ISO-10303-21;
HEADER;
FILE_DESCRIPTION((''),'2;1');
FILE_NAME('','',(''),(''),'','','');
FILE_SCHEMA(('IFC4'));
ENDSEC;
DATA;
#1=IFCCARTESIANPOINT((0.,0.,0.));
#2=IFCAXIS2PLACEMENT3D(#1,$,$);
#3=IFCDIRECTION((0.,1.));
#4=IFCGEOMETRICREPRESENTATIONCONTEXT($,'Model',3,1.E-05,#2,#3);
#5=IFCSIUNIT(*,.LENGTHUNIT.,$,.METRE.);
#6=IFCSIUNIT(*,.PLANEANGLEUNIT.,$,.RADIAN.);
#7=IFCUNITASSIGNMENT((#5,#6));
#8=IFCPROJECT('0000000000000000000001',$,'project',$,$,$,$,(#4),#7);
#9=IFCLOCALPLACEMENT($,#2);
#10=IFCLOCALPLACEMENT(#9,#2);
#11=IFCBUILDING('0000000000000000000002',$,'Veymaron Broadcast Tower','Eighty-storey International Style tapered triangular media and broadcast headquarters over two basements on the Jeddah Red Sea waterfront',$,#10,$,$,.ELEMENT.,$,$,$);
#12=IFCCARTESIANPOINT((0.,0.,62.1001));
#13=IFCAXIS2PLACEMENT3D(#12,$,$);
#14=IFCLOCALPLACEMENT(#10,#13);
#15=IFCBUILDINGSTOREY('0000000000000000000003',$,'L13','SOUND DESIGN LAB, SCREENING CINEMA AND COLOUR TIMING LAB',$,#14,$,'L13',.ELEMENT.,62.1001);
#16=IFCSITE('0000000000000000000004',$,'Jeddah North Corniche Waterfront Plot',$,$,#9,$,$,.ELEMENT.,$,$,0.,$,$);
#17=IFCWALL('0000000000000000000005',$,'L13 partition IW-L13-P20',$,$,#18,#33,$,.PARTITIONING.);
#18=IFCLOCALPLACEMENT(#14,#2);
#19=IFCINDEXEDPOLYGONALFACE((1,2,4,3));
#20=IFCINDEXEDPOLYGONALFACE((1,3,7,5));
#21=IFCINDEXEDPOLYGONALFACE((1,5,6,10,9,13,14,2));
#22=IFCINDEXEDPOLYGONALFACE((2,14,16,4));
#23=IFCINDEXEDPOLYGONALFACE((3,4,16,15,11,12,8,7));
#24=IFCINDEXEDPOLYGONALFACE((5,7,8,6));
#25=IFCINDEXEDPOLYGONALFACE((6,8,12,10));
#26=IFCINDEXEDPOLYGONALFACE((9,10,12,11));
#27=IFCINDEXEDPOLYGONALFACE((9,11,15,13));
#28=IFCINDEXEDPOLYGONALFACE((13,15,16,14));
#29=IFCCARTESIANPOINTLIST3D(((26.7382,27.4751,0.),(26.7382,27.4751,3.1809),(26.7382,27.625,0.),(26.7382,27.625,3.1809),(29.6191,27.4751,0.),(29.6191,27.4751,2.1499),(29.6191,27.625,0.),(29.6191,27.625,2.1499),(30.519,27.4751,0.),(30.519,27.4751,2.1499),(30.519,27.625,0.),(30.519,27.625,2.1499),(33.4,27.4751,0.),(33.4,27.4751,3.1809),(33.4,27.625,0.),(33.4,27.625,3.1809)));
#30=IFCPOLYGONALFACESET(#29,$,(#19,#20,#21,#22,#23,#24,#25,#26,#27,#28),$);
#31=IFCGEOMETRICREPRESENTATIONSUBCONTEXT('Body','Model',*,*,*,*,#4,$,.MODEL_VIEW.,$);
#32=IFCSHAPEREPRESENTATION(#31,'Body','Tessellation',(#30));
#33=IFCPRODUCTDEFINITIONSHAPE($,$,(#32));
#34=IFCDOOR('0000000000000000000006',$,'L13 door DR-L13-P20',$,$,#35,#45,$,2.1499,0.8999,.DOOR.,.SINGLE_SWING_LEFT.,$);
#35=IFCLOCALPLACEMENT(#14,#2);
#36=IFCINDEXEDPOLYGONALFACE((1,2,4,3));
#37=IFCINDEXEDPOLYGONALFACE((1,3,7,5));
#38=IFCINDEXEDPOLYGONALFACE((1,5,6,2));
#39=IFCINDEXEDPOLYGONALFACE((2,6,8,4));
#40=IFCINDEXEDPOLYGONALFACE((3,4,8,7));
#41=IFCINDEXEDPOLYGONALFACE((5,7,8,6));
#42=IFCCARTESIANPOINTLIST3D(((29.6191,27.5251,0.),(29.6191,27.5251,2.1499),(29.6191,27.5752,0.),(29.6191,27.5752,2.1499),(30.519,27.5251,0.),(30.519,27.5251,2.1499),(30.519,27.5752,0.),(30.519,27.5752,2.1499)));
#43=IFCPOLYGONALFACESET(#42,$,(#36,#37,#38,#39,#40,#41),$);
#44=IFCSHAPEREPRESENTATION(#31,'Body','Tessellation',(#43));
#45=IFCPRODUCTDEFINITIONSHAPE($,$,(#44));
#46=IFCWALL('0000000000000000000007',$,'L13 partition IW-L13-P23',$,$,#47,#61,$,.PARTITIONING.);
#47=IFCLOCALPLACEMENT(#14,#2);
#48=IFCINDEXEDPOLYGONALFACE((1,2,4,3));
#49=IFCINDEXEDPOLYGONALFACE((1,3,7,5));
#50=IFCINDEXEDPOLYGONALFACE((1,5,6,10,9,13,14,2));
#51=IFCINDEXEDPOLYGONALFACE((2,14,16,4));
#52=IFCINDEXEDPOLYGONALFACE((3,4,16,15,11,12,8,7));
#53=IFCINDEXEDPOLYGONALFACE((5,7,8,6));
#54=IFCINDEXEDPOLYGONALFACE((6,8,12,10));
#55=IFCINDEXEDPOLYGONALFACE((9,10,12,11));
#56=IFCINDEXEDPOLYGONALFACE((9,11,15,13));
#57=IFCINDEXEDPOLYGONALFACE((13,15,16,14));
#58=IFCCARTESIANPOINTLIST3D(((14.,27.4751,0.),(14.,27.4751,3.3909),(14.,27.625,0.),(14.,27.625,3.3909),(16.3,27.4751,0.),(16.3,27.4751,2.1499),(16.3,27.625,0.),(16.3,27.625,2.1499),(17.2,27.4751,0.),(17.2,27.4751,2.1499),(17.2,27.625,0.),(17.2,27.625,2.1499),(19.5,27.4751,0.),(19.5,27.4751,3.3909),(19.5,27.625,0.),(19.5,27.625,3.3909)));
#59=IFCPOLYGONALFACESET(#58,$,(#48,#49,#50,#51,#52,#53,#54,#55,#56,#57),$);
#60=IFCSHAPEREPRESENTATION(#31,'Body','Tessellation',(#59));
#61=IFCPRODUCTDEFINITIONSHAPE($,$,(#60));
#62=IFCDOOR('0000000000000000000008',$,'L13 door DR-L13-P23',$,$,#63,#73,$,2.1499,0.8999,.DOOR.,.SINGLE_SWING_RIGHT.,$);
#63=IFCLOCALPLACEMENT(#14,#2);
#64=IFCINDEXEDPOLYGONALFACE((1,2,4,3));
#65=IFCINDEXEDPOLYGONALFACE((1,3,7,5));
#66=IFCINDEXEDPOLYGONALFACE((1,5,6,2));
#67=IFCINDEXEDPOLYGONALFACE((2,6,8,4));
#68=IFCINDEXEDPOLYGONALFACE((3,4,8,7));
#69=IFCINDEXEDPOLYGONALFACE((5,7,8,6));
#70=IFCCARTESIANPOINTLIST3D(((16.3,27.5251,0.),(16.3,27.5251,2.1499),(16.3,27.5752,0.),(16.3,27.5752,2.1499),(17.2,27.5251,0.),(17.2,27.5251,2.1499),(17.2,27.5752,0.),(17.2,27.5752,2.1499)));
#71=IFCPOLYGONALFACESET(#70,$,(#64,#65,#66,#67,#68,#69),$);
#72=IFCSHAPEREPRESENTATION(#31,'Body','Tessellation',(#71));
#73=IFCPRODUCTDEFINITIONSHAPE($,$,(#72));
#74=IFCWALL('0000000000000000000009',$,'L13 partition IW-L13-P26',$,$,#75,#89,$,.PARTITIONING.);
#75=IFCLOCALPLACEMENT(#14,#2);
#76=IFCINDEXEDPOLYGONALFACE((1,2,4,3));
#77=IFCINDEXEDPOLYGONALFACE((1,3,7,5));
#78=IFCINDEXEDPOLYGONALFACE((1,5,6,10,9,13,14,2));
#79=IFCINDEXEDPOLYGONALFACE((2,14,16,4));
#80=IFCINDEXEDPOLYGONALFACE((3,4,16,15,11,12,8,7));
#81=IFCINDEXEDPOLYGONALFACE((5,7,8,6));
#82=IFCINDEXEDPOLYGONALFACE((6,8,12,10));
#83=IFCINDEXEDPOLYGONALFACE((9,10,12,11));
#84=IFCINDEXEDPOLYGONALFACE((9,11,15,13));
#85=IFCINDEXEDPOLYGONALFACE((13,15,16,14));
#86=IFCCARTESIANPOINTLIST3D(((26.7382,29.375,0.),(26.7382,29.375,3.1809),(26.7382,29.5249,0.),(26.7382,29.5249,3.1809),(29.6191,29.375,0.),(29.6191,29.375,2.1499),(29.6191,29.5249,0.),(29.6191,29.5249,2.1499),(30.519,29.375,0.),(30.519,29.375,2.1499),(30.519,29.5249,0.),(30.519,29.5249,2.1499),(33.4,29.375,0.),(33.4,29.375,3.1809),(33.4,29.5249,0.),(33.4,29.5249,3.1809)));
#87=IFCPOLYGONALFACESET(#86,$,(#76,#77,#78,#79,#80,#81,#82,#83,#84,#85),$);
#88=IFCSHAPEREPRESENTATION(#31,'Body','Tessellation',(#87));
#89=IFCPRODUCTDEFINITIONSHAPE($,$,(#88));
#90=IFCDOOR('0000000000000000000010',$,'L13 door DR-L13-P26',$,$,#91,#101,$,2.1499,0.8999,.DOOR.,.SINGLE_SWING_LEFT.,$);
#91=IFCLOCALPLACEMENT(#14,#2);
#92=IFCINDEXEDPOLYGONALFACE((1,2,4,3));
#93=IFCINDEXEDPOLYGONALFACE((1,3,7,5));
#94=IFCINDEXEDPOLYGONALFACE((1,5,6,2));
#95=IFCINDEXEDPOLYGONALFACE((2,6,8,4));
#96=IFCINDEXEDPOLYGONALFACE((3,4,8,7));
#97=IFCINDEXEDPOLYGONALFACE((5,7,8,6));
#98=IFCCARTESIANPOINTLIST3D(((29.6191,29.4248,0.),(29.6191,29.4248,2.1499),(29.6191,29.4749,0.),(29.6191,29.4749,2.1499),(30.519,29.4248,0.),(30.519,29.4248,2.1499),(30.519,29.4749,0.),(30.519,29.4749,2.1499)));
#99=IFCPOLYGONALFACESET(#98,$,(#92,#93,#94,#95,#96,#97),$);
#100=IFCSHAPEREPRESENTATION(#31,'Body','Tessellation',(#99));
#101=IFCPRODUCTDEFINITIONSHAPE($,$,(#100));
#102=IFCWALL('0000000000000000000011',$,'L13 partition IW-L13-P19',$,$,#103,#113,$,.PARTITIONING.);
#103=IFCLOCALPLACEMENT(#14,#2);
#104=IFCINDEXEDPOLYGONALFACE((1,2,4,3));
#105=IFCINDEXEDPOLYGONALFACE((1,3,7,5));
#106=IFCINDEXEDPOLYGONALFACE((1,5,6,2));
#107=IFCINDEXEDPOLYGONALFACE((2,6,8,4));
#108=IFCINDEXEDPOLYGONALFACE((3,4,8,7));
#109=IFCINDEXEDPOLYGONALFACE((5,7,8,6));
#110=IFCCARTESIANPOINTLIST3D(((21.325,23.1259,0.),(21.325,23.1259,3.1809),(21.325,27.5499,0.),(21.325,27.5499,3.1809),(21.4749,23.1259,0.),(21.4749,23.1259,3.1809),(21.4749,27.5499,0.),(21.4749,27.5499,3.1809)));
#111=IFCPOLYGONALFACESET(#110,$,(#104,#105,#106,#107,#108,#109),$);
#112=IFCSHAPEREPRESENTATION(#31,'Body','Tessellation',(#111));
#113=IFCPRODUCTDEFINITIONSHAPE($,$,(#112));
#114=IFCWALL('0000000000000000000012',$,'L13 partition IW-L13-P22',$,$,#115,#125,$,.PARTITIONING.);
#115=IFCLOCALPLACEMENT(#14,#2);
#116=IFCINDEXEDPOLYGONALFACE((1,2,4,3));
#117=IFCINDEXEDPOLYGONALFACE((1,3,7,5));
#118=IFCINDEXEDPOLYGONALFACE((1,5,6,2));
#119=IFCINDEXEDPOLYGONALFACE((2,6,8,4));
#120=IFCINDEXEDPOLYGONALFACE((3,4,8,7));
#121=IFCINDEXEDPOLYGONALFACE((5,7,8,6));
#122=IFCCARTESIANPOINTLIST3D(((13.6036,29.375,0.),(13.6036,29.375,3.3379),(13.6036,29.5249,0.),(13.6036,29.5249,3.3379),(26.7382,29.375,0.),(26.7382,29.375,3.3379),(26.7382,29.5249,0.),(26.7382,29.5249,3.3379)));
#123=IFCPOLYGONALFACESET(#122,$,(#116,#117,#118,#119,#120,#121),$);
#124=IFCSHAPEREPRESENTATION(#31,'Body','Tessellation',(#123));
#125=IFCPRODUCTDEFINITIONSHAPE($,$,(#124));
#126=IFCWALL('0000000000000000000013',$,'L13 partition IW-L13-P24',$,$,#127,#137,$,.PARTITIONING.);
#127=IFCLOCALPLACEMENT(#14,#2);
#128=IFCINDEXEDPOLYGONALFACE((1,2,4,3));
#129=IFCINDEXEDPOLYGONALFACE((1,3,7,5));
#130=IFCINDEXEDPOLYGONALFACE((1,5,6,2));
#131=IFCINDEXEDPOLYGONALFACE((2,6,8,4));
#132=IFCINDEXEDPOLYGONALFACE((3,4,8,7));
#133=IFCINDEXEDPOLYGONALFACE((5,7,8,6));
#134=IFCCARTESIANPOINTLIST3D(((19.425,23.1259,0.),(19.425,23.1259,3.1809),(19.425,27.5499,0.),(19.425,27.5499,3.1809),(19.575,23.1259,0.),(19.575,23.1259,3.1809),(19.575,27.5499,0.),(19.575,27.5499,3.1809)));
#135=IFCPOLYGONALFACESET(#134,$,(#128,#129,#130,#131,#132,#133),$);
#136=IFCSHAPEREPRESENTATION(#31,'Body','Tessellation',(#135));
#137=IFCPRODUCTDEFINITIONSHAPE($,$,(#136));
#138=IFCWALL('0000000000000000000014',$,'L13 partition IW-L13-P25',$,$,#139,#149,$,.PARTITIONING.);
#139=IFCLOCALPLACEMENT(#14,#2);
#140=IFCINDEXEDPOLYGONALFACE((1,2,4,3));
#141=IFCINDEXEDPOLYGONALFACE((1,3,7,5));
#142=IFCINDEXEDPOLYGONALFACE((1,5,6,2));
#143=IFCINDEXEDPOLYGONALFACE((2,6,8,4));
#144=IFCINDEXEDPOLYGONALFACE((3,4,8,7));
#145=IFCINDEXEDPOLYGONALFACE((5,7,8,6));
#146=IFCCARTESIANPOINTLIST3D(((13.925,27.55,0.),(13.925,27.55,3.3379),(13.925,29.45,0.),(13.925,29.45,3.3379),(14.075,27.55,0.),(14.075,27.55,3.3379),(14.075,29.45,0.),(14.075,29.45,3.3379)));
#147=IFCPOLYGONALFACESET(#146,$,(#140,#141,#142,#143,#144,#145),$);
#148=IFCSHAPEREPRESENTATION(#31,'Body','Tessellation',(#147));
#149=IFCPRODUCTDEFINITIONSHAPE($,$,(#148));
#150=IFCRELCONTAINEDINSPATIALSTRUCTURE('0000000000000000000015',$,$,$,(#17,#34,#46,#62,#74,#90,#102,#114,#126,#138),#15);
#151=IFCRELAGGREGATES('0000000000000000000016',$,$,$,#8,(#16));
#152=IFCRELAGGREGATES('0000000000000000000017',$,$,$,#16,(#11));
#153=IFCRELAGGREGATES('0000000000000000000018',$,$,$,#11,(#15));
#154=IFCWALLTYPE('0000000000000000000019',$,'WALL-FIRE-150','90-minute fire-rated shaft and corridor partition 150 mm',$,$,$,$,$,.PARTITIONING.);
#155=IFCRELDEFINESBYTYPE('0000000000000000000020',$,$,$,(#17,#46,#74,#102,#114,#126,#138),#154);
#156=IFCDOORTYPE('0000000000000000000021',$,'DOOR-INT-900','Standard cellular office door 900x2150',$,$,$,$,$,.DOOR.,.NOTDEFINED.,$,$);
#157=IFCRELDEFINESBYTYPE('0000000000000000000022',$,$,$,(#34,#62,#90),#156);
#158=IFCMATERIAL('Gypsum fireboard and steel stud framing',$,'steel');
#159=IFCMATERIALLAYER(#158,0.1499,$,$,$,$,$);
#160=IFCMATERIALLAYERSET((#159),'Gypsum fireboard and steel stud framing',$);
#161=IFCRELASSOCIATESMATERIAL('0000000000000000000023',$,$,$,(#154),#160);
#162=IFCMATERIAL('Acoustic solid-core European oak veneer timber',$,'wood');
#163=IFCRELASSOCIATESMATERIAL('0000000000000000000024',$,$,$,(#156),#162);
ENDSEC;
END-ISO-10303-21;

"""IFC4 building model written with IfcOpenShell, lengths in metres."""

from ifc_helpers import new_model, si_unit, direction, frame, frame_2d, origin, place, context, subcontext, project, spatial, rectangle, extrude, material, layer, layer_set, type_object, element, fill, save


model = new_model("IFC4")

# Units and contexts
model_context = context("Model", 3, precision=1e-05, world=origin(), true_north=direction((0.0, 1.0)))
body_context = subcontext(model_context, "Body", "Model", "MODEL_VIEW")
ifc_project = project(units=[si_unit("LENGTHUNIT", "METRE"), si_unit("PLANEANGLEUNIT", "RADIAN")], contexts=[model_context])

# Site, building, storey
site_placement = place(None, origin())
site = spatial("IfcSite", under=ifc_project, at=site_placement, Name="Jeddah North Corniche Waterfront Plot", CompositionType="ELEMENT", RefElevation=0.0)
building_placement = place(site_placement, origin())
building = spatial("IfcBuilding", under=site, at=building_placement, Name="Veymaron Broadcast Tower", Description="Eighty-storey International Style tapered triangular media and broadcast headquarters over two basements on the Jeddah Red Sea waterfront", CompositionType="ELEMENT")
storey_placement = place(building_placement, frame((0.0, 0.0, 62.1001)))
storey = spatial("IfcBuildingStorey", under=building, at=storey_placement, Name="L13", Description="SOUND DESIGN LAB, SCREENING CINEMA AND COLOUR TIMING LAB", LongName="L13", CompositionType="ELEMENT", Elevation=62.1001)

# Walls, openings, doors
ifc_material_1 = material(Name="Gypsum fireboard and steel stud framing", Category="steel")
ifc_layer_1 = layer(ifc_material_1, 0.1499)
ifc_layer_set_1 = layer_set([ifc_layer_1], Name="Gypsum fireboard and steel stud framing")
wall_type_1 = type_object("IfcWallType", Name="WALL-FIRE-150", Description="90-minute fire-rated shaft and corridor partition 150 mm", PredefinedType="PARTITIONING", material=ifc_layer_set_1)
ifc_material_2 = material(Name="Acoustic solid-core European oak veneer timber", Category="wood")
door_type = type_object("IfcDoorType", Name="DOOR-INT-900", Description="Standard cellular office door 900x2150", OperationType="NOTDEFINED", PredefinedType="DOOR", material=ifc_material_2)
wall_1_placement = place(storey_placement, frame((26.738, 27.55, 0.0), z_axis=(0.0, 0.0, 1.0), x_axis=(1.0, 0.0, 0.0)))
wall_1 = element("IfcWall", 1, at=wall_1_placement, inside=storey, type_object=wall_type_1, Name="L13 partition IW-L13-P20", PredefinedType="PARTITIONING", context=body_context, shape_type="SweptSolid", body=[
    extrude(rectangle(XDim=6.6619, YDim=0.1499, at=frame_2d((3.3311, 0.0))), origin(), (0.0, 0.0, 1.0), 3.1809),
])
opening_1_placement = place(wall_1_placement, frame((2.8811, 0.0, 0.0)))
opening_1 = element("IfcOpeningElement", 2, at=opening_1_placement, cuts=wall_1, PredefinedType="OPENING", context=body_context, shape_type="SweptSolid", body=[
    extrude(rectangle(XDim=0.8999, YDim=2.1499, at=frame_2d((0.45, 1.075))), frame((0.0, 0.085, 0.0), z_axis=(0.0, -1.0, 0.0), x_axis=(1.0, 0.0, 0.0)), (0.0, 0.0, 1.0), 0.1699),
])
door_1_placement = place(opening_1_placement, frame((0.8999, 0.0, 0.0), z_axis=(0.0, 0.0, 1.0), x_axis=(-1.0, 0.0, 0.0)))
door_1 = element("IfcDoor", 3, at=door_1_placement, inside=storey, type_object=door_type, Name="L13 door DR-L13-P20", OperationType="SINGLE_SWING_LEFT", OverallHeight=2.1499, OverallWidth=0.8999, PredefinedType="DOOR", context=body_context, shape_type="SweptSolid", body=[
    extrude(rectangle(XDim=0.8999, YDim=2.1499, at=frame_2d((0.45, 1.075))), frame((0.0, 0.0249, 0.0), z_axis=(0.0, -1.0, 0.0), x_axis=(1.0, 0.0, 0.0)), (0.0, 0.0, 1.0), 0.05),
])
fill(opening_1, door_1)
wall_2_placement = place(storey_placement, frame((14.0, 27.55, 0.0), z_axis=(0.0, 0.0, 1.0), x_axis=(1.0, 0.0, 0.0)))
wall_2 = element("IfcWall", 4, at=wall_2_placement, inside=storey, type_object=wall_type_1, Name="L13 partition IW-L13-P23", PredefinedType="PARTITIONING", context=body_context, shape_type="SweptSolid", body=[
    extrude(rectangle(XDim=5.5, YDim=0.1499, at=frame_2d((2.75, 0.0))), origin(), (0.0, 0.0, 1.0), 3.3909),
])
opening_2_placement = place(wall_2_placement, frame((2.3, 0.0, 0.0)))
opening_2 = element("IfcOpeningElement", 5, at=opening_2_placement, cuts=wall_2, PredefinedType="OPENING", context=body_context, shape_type="SweptSolid", body=[
    extrude(rectangle(XDim=0.8999, YDim=2.1499, at=frame_2d((0.45, 1.075))), frame((0.0, 0.085, 0.0), z_axis=(0.0, -1.0, 0.0), x_axis=(1.0, 0.0, 0.0)), (0.0, 0.0, 1.0), 0.1699),
])
door_2_placement = place(opening_2_placement, frame((0.8999, 0.0, 0.0), z_axis=(0.0, 0.0, 1.0), x_axis=(-1.0, 0.0, 0.0)))
door_2 = element("IfcDoor", 6, at=door_2_placement, inside=storey, type_object=door_type, Name="L13 door DR-L13-P23", OperationType="SINGLE_SWING_RIGHT", OverallHeight=2.1499, OverallWidth=0.8999, PredefinedType="DOOR", context=body_context, shape_type="SweptSolid", body=[
    extrude(rectangle(XDim=0.8999, YDim=2.1499, at=frame_2d((0.45, 1.075))), frame((0.0, 0.0249, 0.0), z_axis=(0.0, -1.0, 0.0), x_axis=(1.0, 0.0, 0.0)), (0.0, 0.0, 1.0), 0.05),
])
fill(opening_2, door_2)
wall_3_placement = place(storey_placement, frame((26.738, 29.45, 0.0), z_axis=(0.0, 0.0, 1.0), x_axis=(1.0, 0.0, 0.0)))
wall_3 = element("IfcWall", 7, at=wall_3_placement, inside=storey, type_object=wall_type_1, Name="L13 partition IW-L13-P26", PredefinedType="PARTITIONING", context=body_context, shape_type="SweptSolid", body=[
    extrude(rectangle(XDim=6.6619, YDim=0.1499, at=frame_2d((3.3311, 0.0))), origin(), (0.0, 0.0, 1.0), 3.1809),
])
opening_3_placement = place(wall_3_placement, frame((2.8811, 0.0, 0.0)))
opening_3 = element("IfcOpeningElement", 8, at=opening_3_placement, cuts=wall_3, PredefinedType="OPENING", context=body_context, shape_type="SweptSolid", body=[
    extrude(rectangle(XDim=0.8999, YDim=2.1499, at=frame_2d((0.45, 1.075))), frame((0.0, 0.085, 0.0), z_axis=(0.0, -1.0, 0.0), x_axis=(1.0, 0.0, 0.0)), (0.0, 0.0, 1.0), 0.1699),
])
door_3_placement = place(opening_3_placement, origin())
door_3 = element("IfcDoor", 9, at=door_3_placement, inside=storey, type_object=door_type, Name="L13 door DR-L13-P26", OperationType="SINGLE_SWING_LEFT", OverallHeight=2.1499, OverallWidth=0.8999, PredefinedType="DOOR", context=body_context, shape_type="SweptSolid", body=[
    extrude(rectangle(XDim=0.8999, YDim=2.1499, at=frame_2d((0.45, 1.075))), frame((0.0, 0.0249, 0.0), z_axis=(0.0, -1.0, 0.0), x_axis=(1.0, 0.0, 0.0)), (0.0, 0.0, 1.0), 0.05),
])
fill(opening_3, door_3)

# Walls
wall_4_placement = place(storey_placement, frame((21.3999, 23.126, 0.0), z_axis=(0.0, 0.0, 1.0), x_axis=(0.0, 1.0, 0.0)))
element("IfcWall", 10, at=wall_4_placement, inside=storey, type_object=wall_type_1, Name="L13 partition IW-L13-P19", PredefinedType="PARTITIONING", context=body_context, shape_type="SweptSolid", body=[
    extrude(rectangle(XDim=4.4241, YDim=0.1499, at=frame_2d((2.2119, 0.0))), origin(), (0.0, 0.0, 1.0), 3.1809),
])
wall_5_placement = place(storey_placement, frame((13.6035, 29.45, 0.0), z_axis=(0.0, 0.0, 1.0), x_axis=(1.0, 0.0, 0.0)))
element("IfcWall", 11, at=wall_5_placement, inside=storey, type_object=wall_type_1, Name="L13 partition IW-L13-P22", PredefinedType="PARTITIONING", context=body_context, shape_type="SweptSolid", body=[
    extrude(rectangle(XDim=13.1345, YDim=0.1499, at=frame_2d((6.5674, 0.0))), origin(), (0.0, 0.0, 1.0), 3.3379),
])
wall_6_placement = place(storey_placement, frame((19.5, 23.126, 0.0), z_axis=(0.0, 0.0, 1.0), x_axis=(0.0, 1.0, 0.0)))
element("IfcWall", 12, at=wall_6_placement, inside=storey, type_object=wall_type_1, Name="L13 partition IW-L13-P24", PredefinedType="PARTITIONING", context=body_context, shape_type="SweptSolid", body=[
    extrude(rectangle(XDim=4.4241, YDim=0.1499, at=frame_2d((2.2119, 0.0))), origin(), (0.0, 0.0, 1.0), 3.1809),
])
wall_7_placement = place(storey_placement, frame((14.0, 27.55, 0.0), z_axis=(0.0, 0.0, 1.0), x_axis=(0.0, 1.0, 0.0)))
element("IfcWall", 13, at=wall_7_placement, inside=storey, type_object=wall_type_1, Name="L13 partition IW-L13-P25", PredefinedType="PARTITIONING", context=body_context, shape_type="SweptSolid", body=[
    extrude(rectangle(XDim=1.8999, YDim=0.1499, at=frame_2d((0.95, 0.0))), origin(), (0.0, 0.0, 1.0), 3.3379),
])

save(model, "model.ifc")
